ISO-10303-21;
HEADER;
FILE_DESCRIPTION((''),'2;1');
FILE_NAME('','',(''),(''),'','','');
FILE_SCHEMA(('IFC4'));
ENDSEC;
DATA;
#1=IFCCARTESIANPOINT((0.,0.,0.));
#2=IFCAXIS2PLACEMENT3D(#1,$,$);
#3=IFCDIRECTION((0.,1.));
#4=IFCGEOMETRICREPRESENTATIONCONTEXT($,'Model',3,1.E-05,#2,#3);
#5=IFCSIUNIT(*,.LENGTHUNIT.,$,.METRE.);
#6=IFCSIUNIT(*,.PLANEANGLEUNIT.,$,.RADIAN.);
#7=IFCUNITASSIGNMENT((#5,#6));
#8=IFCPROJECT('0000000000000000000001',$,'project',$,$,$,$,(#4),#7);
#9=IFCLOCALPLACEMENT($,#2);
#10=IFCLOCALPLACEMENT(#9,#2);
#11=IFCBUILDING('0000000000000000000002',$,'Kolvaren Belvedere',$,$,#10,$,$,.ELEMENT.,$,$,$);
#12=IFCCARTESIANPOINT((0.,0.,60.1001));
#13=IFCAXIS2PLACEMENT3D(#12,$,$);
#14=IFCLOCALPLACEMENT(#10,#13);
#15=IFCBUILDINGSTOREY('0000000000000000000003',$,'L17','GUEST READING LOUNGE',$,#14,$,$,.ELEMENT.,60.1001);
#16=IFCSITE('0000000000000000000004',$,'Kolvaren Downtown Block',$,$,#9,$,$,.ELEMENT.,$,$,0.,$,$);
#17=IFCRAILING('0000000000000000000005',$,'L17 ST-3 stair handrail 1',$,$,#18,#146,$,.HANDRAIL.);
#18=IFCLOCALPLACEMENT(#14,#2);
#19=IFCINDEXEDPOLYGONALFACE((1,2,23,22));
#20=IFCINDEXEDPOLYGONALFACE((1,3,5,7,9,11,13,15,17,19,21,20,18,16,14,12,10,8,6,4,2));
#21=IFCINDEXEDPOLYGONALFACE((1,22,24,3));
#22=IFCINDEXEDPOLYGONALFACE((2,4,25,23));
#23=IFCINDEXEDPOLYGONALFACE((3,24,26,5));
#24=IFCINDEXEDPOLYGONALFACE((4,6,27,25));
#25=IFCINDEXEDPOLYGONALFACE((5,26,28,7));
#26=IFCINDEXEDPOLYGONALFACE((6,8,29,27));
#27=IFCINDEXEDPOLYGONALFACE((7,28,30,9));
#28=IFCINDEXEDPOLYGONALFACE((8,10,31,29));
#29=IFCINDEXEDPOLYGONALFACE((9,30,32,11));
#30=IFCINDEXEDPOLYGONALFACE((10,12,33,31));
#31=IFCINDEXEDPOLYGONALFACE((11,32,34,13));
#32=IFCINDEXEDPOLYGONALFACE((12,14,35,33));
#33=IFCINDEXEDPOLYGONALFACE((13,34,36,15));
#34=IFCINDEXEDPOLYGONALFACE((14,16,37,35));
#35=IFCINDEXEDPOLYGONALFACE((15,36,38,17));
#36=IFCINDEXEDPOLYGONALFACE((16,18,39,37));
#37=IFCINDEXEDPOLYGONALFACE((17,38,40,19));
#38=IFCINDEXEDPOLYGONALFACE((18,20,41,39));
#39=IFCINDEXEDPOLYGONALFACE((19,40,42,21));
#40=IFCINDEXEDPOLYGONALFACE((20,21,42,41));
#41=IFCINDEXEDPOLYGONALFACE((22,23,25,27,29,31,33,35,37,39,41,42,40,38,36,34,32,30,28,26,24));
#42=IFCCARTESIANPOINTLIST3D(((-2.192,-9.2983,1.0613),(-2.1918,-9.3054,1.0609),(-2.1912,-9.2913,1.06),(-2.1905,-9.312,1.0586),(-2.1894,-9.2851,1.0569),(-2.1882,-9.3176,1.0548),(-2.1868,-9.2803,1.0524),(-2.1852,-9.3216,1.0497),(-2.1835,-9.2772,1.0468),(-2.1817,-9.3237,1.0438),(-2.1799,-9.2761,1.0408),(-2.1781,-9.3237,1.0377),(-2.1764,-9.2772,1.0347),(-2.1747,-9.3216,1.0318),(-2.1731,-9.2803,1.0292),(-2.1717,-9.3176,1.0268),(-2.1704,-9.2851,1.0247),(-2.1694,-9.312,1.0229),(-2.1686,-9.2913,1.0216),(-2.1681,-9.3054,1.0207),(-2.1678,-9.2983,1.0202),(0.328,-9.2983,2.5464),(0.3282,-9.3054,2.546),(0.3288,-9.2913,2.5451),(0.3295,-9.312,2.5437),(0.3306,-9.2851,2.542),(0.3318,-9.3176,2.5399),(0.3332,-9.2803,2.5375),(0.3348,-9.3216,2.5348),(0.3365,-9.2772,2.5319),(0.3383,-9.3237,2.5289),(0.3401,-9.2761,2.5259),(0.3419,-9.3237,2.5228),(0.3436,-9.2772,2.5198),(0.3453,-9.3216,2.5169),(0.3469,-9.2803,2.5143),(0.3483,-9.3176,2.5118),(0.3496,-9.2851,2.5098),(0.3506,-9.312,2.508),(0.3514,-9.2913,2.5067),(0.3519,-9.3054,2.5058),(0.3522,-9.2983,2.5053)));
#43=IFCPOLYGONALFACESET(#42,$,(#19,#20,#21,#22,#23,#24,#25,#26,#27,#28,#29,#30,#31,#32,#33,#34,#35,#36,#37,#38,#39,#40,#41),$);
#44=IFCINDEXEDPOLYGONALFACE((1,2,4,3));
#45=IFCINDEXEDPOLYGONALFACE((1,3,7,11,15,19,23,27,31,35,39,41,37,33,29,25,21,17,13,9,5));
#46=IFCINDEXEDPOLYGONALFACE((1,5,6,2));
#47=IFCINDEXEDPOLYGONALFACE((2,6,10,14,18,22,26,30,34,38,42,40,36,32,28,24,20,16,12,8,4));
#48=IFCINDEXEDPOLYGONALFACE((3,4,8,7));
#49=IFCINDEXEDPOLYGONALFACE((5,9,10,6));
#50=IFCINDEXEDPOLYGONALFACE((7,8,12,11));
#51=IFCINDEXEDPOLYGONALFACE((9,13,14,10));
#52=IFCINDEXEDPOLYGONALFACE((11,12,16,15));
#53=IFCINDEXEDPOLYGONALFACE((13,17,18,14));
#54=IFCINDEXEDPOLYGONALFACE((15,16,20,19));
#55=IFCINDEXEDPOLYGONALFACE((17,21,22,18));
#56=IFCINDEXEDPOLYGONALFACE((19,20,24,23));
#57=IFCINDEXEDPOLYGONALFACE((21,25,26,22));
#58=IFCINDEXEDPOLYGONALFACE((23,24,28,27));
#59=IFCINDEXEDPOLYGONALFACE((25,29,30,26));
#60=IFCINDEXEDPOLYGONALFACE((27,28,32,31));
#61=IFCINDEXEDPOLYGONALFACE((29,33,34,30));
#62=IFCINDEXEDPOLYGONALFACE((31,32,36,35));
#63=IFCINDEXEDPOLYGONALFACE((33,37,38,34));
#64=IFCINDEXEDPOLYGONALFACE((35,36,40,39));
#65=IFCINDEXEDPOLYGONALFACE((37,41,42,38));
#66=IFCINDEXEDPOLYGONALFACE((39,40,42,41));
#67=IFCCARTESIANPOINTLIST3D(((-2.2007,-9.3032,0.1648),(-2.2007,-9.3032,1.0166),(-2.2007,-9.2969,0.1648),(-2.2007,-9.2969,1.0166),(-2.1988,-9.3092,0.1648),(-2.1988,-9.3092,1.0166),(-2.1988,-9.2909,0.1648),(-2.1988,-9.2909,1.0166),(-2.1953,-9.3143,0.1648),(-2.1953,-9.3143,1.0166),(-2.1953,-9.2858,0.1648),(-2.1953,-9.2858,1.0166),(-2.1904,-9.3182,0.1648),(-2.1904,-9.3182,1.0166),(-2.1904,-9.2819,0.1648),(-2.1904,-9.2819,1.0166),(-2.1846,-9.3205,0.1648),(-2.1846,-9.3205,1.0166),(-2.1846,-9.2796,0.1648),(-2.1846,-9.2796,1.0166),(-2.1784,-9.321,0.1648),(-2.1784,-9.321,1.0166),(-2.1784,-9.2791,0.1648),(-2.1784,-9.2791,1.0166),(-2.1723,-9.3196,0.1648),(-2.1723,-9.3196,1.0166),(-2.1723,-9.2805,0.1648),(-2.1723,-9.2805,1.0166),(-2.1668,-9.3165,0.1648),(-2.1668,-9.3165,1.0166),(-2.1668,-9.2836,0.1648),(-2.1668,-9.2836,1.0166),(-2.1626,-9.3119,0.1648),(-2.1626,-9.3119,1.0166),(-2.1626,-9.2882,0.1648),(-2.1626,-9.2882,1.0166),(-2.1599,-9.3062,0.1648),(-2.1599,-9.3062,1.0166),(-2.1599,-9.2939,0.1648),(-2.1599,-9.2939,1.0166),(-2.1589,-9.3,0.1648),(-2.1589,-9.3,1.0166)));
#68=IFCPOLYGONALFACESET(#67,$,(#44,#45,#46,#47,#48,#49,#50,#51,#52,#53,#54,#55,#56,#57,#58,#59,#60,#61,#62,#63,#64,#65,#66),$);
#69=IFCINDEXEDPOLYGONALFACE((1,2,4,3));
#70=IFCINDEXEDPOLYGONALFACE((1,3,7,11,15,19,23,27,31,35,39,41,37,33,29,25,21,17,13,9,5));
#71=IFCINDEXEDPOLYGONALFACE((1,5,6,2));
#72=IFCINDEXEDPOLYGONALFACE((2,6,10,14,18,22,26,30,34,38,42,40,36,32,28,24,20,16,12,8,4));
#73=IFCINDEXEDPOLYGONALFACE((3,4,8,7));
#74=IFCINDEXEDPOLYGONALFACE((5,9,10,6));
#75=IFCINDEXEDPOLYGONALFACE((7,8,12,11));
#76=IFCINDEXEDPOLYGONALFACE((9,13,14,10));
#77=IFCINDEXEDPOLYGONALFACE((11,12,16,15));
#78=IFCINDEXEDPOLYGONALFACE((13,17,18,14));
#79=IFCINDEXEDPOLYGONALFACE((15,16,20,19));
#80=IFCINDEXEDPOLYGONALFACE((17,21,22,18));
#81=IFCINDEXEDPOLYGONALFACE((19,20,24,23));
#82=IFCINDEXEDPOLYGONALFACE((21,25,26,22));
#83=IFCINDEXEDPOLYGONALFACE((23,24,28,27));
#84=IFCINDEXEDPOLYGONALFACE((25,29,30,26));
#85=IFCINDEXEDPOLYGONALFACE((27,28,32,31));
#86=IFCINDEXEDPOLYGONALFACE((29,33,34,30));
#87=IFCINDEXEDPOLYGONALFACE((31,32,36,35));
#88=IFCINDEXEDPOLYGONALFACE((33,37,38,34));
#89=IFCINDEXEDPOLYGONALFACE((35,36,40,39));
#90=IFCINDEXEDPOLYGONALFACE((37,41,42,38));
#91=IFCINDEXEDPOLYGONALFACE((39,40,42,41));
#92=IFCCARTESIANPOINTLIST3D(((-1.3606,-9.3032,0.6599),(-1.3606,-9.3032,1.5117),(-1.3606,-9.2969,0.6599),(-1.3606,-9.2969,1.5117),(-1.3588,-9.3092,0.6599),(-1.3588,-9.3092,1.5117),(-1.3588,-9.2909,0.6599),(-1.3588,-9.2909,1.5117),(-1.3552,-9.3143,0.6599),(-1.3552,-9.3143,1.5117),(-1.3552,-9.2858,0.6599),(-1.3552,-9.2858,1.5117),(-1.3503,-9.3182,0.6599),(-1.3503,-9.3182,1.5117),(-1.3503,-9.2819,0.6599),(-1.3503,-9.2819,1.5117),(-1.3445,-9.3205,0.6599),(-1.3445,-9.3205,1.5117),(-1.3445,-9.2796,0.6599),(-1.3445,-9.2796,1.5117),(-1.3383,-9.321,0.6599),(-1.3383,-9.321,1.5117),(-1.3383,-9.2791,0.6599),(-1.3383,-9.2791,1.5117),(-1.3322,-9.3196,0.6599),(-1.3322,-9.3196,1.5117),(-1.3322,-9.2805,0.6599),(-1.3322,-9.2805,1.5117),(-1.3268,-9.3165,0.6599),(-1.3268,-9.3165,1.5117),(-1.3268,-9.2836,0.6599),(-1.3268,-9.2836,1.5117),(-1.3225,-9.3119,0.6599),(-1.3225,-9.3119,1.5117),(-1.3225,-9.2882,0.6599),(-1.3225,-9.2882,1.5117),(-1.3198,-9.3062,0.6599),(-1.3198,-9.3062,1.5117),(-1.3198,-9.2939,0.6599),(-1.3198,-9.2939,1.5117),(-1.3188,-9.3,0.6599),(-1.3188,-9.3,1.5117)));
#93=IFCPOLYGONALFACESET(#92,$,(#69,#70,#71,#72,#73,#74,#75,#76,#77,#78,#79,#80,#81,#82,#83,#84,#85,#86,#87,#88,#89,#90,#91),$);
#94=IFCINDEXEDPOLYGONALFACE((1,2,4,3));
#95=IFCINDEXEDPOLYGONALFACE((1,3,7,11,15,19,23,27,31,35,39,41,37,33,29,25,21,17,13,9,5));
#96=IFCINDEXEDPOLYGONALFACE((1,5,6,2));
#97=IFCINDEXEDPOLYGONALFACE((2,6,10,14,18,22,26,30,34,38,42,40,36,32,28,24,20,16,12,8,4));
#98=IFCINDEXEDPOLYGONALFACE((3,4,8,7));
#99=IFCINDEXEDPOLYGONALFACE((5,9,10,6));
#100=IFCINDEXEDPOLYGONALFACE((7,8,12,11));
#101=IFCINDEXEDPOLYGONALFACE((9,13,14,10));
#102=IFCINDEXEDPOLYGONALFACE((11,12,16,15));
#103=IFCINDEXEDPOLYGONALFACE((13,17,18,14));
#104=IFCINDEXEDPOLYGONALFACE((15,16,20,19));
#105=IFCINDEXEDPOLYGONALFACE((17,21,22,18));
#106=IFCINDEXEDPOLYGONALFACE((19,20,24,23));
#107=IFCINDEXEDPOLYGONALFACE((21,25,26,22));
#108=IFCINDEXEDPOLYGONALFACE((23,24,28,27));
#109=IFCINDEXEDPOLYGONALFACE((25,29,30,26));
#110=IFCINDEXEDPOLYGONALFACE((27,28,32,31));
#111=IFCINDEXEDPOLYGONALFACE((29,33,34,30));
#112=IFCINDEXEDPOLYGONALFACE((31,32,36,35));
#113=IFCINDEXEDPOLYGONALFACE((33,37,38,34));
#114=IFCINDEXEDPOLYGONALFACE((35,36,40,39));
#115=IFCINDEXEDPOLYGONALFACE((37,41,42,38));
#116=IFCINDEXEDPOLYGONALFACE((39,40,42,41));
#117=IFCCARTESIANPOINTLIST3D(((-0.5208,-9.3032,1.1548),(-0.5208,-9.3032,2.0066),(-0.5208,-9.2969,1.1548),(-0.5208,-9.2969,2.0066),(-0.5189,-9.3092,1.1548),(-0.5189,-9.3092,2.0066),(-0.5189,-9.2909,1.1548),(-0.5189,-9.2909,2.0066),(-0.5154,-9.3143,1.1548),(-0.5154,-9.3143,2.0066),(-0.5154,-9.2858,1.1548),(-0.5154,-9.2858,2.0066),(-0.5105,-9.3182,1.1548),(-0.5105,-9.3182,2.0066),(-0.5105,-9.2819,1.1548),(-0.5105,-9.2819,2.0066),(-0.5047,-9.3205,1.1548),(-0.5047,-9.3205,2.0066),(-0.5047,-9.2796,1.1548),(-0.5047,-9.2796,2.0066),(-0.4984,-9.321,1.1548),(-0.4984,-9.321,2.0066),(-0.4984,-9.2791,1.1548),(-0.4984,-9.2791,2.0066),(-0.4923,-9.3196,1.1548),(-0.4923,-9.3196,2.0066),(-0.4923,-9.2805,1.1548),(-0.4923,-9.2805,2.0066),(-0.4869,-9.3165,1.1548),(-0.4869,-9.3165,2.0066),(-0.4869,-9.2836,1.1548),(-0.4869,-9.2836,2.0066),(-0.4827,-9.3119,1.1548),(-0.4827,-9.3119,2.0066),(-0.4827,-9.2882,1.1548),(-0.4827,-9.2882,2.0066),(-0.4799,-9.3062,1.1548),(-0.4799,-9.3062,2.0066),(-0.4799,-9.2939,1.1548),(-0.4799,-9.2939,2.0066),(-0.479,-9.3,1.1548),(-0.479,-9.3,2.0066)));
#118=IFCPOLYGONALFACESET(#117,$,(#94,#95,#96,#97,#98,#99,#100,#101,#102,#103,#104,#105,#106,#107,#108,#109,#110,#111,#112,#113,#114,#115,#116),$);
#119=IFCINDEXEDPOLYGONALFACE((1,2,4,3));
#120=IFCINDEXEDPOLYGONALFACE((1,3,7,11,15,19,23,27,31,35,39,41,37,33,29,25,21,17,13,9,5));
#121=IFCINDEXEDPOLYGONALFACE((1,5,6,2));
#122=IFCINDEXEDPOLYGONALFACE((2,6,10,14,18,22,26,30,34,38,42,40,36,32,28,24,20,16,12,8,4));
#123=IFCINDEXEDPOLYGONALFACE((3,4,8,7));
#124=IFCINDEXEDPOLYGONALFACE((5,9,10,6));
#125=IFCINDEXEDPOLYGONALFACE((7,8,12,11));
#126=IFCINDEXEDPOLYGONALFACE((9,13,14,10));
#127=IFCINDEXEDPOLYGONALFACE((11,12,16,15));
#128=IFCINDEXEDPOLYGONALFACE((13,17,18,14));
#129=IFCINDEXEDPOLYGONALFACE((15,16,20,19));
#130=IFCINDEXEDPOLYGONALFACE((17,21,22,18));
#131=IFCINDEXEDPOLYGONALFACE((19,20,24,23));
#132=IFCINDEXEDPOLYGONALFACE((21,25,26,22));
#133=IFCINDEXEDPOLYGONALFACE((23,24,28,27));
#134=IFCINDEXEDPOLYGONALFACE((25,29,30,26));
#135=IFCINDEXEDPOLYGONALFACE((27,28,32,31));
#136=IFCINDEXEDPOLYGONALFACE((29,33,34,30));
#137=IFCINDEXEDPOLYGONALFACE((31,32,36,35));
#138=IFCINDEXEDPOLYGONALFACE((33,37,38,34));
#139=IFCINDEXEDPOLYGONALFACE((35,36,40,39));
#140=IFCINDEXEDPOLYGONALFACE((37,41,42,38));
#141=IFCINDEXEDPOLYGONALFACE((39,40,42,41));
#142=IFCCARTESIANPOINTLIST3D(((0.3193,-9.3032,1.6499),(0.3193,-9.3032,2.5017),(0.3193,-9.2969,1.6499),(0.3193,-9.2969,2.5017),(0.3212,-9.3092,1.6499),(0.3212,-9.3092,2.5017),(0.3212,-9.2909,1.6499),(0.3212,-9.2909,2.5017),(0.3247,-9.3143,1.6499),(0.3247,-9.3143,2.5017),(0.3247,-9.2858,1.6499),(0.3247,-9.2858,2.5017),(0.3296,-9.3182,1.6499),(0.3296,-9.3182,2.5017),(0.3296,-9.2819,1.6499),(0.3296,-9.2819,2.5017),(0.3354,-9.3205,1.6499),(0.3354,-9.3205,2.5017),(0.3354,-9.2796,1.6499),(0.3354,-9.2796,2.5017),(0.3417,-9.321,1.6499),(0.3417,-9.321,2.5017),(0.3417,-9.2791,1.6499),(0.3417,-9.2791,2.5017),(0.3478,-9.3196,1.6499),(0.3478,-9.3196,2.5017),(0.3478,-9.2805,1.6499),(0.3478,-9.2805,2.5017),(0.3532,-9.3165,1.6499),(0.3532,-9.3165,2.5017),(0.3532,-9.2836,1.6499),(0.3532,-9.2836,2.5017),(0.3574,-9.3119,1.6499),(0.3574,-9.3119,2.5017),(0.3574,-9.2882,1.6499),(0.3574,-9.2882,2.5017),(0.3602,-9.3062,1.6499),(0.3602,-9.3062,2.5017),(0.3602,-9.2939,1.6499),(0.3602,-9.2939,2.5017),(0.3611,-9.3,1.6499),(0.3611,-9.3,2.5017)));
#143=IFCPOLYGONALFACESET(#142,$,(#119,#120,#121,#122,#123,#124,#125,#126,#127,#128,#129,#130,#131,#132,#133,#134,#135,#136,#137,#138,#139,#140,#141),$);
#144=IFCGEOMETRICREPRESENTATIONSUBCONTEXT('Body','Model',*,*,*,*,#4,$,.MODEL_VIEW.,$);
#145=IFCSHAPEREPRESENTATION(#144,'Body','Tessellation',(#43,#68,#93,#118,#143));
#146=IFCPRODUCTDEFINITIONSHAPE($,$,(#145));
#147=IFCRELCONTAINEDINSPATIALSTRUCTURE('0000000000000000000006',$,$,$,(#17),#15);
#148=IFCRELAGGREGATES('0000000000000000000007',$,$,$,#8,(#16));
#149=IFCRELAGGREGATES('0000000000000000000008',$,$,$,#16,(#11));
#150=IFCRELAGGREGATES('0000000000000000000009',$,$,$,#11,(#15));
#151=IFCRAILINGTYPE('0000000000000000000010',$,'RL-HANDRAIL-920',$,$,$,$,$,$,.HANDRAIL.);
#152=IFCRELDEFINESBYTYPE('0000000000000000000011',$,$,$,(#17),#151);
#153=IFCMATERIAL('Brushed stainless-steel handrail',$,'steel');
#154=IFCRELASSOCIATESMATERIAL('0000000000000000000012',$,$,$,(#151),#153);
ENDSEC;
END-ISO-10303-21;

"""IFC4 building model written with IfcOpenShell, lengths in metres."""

from ifc_helpers import new_model, si_unit, direction, frame, origin, origin_2d, place, context, subcontext, project, spatial, circle, extrude, material, type_object, element, save


model = new_model("IFC4")

# Units and contexts
model_context = context("Model", 3, precision=1e-05, world=origin(), true_north=direction((0.0, 1.0)))
body_context = subcontext(model_context, "Body", "Model", "MODEL_VIEW")
ifc_project = project(units=[si_unit("LENGTHUNIT", "METRE"), si_unit("PLANEANGLEUNIT", "RADIAN")], contexts=[model_context])

# Site, building, storey
site_placement = place(None, origin())
site = spatial("IfcSite", under=ifc_project, at=site_placement, Name="Kolvaren Downtown Block", CompositionType="ELEMENT", RefElevation=0.0)
building_placement = place(site_placement, origin())
building = spatial("IfcBuilding", under=site, at=building_placement, Name="Kolvaren Belvedere", CompositionType="ELEMENT")
storey_placement = place(building_placement, frame((0.0, 0.0, 60.1001)))
storey = spatial("IfcBuildingStorey", under=building, at=storey_placement, Name="L17", Description="GUEST READING LOUNGE", CompositionType="ELEMENT", Elevation=60.1001)

# Railing
ifc_material_1 = material(Name="Brushed stainless-steel handrail", Category="steel")
railing_type_1 = type_object("IfcRailingType", Name="RL-HANDRAIL-920", PredefinedType="HANDRAIL", material=ifc_material_1)
railing_1_placement = place(storey_placement, frame((-2.1799, -9.3, 0.1648)))
element("IfcRailing", 1, at=railing_1_placement, inside=storey, type_object=railing_type_1, Name="L17 ST-3 stair handrail 1", PredefinedType="HANDRAIL", context=body_context, shape_type="SweptSolid", body=[
    extrude(circle(Radius=0.0239, at=origin_2d()), frame((0.0, 0.0, 0.876), z_axis=(0.861524, 0.0, 0.507717), x_axis=(0.0, 1.0, 0.0)), (0.0, 0.0, 1.0), 2.925),
    extrude(circle(Radius=0.021, at=origin_2d()), origin(), (0.0, 0.0, 1.0), 0.8518),
    extrude(circle(Radius=0.021, at=origin_2d()), frame((0.8401, 0.0, 0.4951)), (0.0, 0.0, 1.0), 0.8518),
    extrude(circle(Radius=0.021, at=origin_2d()), frame((1.6799, 0.0, 0.99)), (0.0, 0.0, 1.0), 0.8518),
    extrude(circle(Radius=0.021, at=origin_2d()), frame((2.52, 0.0, 1.4851)), (0.0, 0.0, 1.0), 0.8518),
])

save(model, "model.ifc")
